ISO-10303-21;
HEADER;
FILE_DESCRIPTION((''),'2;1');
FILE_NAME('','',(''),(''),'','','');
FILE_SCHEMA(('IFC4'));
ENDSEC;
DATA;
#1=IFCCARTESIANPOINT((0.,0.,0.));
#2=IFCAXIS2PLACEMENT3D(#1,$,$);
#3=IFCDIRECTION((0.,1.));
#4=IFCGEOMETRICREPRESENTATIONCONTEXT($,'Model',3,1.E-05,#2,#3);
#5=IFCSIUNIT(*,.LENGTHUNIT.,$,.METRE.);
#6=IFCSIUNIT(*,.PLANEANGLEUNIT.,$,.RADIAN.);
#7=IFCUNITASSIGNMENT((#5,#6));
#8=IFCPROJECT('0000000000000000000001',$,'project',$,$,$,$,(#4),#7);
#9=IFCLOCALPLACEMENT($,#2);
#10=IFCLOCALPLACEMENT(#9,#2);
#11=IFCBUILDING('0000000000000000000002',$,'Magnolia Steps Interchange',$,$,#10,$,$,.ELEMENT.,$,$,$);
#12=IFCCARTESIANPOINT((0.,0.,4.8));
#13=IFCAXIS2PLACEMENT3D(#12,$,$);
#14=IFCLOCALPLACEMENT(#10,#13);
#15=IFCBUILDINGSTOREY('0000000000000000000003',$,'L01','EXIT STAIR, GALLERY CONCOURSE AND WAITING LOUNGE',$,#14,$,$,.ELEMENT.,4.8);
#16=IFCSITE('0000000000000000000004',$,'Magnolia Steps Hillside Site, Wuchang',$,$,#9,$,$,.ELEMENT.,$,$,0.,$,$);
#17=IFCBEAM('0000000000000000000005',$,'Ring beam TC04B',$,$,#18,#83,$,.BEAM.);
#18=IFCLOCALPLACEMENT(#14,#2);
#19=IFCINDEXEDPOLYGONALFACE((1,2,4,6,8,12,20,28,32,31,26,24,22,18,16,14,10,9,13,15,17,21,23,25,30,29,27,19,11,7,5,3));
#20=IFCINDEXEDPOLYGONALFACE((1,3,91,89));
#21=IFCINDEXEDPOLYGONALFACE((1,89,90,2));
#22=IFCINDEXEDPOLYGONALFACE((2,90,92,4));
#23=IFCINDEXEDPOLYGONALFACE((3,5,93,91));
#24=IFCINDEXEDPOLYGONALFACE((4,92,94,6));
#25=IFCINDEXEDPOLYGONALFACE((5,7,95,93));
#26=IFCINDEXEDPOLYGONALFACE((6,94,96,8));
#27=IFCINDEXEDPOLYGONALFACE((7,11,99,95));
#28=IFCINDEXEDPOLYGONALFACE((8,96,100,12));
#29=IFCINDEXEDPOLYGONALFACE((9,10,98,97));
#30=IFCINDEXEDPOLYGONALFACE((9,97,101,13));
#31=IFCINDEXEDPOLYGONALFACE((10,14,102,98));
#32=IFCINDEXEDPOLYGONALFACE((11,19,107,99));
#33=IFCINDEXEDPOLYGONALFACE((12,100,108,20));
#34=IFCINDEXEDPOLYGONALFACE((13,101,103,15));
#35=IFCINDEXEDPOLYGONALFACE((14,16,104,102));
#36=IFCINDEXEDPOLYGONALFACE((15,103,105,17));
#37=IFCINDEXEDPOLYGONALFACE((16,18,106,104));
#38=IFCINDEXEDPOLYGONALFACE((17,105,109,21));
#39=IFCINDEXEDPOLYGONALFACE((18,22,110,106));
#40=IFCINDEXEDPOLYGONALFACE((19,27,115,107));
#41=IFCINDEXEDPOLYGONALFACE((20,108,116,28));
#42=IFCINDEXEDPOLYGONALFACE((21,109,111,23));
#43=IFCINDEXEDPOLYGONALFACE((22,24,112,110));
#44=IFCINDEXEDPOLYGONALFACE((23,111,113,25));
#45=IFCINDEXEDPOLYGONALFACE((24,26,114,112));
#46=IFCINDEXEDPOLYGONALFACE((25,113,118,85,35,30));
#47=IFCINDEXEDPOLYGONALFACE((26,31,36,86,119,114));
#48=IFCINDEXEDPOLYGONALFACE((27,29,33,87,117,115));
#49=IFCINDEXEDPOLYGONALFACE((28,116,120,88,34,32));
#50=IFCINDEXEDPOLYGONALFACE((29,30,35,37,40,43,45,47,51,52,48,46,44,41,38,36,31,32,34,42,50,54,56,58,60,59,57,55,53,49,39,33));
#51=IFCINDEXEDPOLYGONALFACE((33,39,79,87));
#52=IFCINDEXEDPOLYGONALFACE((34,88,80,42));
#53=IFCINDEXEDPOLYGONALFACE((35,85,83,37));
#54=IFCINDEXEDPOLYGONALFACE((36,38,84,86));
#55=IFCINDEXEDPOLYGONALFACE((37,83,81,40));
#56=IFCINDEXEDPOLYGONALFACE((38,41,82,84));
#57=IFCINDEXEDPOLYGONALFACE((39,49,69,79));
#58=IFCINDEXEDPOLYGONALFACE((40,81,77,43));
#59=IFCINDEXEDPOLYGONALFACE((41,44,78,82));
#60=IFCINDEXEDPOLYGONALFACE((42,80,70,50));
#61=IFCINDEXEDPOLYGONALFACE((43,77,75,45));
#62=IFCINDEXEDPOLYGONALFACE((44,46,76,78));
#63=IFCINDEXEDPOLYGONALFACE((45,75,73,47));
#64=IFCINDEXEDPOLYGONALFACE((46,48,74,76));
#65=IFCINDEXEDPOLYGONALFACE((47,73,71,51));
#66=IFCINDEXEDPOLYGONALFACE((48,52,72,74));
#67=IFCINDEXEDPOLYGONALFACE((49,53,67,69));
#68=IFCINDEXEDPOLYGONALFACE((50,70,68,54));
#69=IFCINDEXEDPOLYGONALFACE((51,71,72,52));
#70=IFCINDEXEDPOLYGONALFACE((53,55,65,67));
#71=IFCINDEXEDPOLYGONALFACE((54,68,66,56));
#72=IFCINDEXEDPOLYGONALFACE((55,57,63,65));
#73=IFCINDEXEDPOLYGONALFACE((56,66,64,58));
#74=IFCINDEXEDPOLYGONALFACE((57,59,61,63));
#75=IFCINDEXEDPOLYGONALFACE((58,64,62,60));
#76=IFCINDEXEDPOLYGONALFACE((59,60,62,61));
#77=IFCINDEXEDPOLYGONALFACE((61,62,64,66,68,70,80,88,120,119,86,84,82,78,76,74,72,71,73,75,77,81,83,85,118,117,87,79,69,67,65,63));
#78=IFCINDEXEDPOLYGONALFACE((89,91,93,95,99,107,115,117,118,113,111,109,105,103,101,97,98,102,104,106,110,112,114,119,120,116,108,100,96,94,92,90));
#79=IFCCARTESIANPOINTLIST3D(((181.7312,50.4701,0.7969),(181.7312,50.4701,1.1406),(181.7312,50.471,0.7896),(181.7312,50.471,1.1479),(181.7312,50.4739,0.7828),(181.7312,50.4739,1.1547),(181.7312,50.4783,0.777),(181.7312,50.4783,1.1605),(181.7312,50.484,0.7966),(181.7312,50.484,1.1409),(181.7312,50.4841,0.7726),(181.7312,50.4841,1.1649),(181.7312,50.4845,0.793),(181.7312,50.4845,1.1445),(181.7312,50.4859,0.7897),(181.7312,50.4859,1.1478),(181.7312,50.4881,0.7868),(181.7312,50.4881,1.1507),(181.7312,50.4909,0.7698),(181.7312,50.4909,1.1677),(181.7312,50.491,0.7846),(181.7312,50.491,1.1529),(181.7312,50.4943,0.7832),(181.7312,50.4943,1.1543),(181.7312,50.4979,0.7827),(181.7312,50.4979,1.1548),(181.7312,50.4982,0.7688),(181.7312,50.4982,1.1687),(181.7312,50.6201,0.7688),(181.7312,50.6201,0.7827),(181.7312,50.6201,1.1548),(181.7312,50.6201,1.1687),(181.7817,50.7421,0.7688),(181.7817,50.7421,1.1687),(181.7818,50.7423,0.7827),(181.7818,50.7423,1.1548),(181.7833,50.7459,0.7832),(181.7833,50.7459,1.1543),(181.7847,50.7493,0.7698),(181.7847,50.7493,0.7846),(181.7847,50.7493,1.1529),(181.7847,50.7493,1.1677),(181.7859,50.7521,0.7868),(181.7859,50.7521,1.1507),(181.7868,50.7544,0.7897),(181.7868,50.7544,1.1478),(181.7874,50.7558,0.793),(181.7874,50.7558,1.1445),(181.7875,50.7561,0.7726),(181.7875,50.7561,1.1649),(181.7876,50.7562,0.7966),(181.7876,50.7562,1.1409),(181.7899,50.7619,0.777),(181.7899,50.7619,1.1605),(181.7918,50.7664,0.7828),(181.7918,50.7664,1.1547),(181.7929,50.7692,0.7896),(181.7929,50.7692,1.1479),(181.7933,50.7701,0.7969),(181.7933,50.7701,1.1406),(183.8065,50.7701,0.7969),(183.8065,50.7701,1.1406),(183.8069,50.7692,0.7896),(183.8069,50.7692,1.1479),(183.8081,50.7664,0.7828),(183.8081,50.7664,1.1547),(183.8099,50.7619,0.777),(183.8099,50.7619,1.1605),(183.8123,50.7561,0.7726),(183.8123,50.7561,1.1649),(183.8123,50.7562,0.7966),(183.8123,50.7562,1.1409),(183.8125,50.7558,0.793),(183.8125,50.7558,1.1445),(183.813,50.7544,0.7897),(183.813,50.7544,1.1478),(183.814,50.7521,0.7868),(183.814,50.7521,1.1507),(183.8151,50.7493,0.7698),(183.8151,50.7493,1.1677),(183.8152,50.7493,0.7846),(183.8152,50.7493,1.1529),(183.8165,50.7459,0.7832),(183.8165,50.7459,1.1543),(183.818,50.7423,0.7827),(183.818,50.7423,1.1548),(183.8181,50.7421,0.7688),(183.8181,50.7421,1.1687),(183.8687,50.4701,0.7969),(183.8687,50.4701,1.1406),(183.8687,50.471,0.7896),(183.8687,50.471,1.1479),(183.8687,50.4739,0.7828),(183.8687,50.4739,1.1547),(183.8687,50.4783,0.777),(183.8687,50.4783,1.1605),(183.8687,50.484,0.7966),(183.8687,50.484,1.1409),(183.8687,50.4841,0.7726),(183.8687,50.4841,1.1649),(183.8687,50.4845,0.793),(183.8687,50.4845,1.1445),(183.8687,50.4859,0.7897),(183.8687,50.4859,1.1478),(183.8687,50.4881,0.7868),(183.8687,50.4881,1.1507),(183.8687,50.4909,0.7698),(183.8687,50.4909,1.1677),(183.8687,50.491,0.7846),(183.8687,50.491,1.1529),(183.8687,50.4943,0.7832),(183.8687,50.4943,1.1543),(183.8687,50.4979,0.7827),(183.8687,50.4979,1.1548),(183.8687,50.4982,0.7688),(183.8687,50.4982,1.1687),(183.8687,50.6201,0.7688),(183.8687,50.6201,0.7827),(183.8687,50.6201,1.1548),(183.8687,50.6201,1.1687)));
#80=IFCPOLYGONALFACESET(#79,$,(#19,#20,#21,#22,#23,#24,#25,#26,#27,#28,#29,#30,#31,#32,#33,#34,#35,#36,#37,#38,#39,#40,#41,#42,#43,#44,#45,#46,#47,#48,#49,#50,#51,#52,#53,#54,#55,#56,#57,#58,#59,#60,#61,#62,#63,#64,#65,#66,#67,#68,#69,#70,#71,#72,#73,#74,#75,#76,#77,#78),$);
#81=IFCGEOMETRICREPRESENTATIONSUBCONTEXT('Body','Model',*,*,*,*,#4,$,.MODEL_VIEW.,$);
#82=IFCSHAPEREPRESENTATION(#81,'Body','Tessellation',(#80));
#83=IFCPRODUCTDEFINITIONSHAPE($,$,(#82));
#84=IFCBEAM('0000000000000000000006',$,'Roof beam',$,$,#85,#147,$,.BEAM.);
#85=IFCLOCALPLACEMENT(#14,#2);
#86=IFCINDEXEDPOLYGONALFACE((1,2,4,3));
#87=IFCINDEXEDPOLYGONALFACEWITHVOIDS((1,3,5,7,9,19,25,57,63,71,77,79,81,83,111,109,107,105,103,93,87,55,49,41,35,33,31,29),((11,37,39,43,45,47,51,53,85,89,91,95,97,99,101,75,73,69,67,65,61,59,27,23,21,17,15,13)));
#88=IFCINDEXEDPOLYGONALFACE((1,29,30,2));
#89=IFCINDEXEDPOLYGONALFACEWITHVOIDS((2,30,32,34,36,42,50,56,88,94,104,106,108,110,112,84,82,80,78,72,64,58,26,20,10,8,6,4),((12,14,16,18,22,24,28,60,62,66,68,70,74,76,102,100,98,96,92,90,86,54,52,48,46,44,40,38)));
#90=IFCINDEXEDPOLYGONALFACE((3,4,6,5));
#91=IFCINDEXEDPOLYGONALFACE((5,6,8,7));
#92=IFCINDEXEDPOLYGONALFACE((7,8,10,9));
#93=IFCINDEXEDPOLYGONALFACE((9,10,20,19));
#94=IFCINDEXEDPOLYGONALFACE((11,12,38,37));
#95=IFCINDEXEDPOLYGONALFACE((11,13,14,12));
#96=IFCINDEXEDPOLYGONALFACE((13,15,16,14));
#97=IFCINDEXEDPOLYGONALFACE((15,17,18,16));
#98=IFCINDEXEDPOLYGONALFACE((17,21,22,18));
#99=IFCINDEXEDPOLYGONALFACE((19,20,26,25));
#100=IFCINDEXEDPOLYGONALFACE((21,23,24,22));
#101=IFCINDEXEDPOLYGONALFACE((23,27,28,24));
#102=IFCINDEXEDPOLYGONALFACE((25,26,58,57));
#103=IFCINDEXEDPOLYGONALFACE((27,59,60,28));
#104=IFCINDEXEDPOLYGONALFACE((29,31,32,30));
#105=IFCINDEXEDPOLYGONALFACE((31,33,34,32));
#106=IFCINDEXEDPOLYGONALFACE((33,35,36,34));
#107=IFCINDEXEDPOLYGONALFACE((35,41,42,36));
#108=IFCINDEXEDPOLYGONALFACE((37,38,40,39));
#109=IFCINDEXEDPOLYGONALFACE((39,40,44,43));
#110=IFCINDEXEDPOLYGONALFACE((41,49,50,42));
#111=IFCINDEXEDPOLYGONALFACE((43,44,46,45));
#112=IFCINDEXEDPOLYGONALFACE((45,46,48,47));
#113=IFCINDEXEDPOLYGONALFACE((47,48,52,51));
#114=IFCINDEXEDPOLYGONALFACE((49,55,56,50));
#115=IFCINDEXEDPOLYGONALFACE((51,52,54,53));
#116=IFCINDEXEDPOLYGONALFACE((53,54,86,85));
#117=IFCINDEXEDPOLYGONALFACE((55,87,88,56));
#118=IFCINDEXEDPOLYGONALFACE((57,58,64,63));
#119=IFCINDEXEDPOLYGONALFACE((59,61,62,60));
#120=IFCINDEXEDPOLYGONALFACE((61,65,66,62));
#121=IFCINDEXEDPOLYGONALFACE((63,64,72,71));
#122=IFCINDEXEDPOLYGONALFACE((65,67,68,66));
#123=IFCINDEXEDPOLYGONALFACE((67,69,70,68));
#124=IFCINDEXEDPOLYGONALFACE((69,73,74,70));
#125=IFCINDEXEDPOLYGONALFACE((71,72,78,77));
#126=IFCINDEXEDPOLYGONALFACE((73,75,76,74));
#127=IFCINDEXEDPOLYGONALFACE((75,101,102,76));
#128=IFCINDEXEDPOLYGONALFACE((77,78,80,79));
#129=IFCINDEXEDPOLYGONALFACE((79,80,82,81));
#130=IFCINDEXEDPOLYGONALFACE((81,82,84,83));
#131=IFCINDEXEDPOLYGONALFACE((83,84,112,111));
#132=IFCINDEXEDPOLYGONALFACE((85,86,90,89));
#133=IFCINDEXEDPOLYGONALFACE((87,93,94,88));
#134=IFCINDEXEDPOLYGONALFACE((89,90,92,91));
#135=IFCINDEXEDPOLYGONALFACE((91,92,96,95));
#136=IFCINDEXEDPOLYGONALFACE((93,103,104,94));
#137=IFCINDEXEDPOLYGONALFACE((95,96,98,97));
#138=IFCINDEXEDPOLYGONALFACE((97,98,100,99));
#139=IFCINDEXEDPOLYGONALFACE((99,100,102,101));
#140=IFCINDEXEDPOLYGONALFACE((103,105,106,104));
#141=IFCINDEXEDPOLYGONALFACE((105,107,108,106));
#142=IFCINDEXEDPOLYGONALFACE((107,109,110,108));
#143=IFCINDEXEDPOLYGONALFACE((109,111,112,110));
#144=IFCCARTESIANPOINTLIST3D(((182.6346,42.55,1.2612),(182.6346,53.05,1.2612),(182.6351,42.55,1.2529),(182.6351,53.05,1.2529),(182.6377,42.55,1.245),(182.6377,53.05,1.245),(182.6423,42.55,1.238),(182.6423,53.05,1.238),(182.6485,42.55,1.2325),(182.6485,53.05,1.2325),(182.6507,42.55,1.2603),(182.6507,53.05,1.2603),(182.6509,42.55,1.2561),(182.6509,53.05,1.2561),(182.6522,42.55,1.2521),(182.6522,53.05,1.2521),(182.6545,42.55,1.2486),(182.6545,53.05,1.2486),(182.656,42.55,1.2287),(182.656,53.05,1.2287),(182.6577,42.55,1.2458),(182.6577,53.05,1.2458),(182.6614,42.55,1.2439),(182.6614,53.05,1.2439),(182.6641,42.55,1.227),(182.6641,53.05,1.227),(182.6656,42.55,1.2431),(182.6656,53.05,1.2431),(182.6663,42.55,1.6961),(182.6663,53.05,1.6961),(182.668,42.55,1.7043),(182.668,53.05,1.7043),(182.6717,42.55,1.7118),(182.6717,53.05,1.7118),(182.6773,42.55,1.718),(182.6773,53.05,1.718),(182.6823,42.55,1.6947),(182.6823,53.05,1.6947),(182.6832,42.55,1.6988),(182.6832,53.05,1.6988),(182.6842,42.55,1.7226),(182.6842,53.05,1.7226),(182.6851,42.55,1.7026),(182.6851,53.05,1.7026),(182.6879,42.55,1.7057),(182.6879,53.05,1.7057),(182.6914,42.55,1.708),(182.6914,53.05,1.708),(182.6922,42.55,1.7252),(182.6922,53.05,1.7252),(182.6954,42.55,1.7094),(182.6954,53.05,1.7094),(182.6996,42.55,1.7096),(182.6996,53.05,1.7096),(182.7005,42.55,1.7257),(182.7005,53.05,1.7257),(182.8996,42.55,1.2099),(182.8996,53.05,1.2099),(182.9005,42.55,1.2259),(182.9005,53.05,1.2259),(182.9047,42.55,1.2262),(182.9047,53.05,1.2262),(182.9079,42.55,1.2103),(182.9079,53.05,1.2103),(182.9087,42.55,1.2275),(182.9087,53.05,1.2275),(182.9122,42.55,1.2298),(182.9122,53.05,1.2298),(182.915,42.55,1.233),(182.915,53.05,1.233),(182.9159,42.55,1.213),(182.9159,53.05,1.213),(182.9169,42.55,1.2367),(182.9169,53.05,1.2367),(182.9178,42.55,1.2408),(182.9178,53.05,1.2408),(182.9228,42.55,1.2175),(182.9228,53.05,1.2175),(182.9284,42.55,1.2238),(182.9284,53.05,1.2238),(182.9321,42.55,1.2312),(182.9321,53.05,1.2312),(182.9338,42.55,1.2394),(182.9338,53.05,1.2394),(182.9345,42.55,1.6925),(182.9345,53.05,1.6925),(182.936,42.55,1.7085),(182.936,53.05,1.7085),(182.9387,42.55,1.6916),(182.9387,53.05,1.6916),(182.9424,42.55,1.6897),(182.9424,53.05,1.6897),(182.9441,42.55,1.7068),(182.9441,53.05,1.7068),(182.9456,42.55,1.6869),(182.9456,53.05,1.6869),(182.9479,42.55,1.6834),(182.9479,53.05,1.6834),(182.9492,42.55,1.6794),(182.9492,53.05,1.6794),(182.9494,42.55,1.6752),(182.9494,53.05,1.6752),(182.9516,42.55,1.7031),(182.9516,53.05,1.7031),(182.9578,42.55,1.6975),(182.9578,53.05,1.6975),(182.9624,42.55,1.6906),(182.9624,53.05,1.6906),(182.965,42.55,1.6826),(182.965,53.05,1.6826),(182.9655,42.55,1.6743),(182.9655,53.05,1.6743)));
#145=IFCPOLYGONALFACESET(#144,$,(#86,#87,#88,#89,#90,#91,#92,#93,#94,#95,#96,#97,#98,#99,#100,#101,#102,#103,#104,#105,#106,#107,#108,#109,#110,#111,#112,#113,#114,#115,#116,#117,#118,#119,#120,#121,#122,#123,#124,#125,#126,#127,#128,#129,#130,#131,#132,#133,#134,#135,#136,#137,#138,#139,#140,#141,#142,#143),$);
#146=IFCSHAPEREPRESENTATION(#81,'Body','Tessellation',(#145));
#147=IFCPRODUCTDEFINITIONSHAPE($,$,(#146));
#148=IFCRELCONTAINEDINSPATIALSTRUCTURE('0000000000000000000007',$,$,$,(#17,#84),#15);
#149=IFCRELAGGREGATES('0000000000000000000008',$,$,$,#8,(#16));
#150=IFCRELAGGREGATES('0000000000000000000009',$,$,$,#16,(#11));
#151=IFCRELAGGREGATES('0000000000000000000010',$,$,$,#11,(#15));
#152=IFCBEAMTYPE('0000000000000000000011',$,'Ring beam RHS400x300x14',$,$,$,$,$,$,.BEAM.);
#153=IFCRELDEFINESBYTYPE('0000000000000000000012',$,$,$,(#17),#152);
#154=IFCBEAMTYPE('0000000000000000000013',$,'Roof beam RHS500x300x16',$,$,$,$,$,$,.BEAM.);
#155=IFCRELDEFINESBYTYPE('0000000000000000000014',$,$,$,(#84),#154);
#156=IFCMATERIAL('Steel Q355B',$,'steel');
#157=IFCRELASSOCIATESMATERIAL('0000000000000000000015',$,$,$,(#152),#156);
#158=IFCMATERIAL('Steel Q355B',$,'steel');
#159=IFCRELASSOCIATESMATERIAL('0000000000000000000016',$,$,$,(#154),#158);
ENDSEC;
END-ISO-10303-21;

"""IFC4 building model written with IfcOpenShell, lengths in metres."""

from ifc_helpers import new_model, si_unit, direction, frame, origin, origin_2d, place, context, subcontext, project, spatial, hollow_rectangle, extrude, clip, halfspace, material, material_profile, profile_set, type_object, element, save


model = new_model("IFC4")

# Units and contexts
model_context = context("Model", 3, precision=1e-05, world=origin(), true_north=direction((0.0, 1.0)))
body_context = subcontext(model_context, "Body", "Model", "MODEL_VIEW")
ifc_project = project(units=[si_unit("LENGTHUNIT", "METRE"), si_unit("PLANEANGLEUNIT", "RADIAN")], contexts=[model_context])

# Site, building, storey
site_placement = place(None, origin())
site = spatial("IfcSite", under=ifc_project, at=site_placement, Name="Magnolia Steps Hillside Site, Wuchang", CompositionType="ELEMENT", RefElevation=0.0)
building_placement = place(site_placement, origin())
building = spatial("IfcBuilding", under=site, at=building_placement, Name="Magnolia Steps Interchange", CompositionType="ELEMENT")
storey_placement = place(building_placement, frame((0.0, 0.0, 4.8)))
storey = spatial("IfcBuildingStorey", under=building, at=storey_placement, Name="L01", Description="EXIT STAIR, GALLERY CONCOURSE AND WAITING LOUNGE", CompositionType="ELEMENT", Elevation=4.8)

# Beams
ifc_material_1 = material(Name="Steel Q355B", Category="steel")
ifc_material_profile_1 = material_profile(ifc_material_1, hollow_rectangle(XDim=0.3, YDim=0.3999, WallThickness=0.0139, InnerFilletRadius=0.0139, OuterFilletRadius=0.0281, at=origin_2d()), Name="RHS400x300x14")
ifc_profile_set_1 = profile_set([ifc_material_profile_1], Name="Steel Q355B")
beam_type_1 = type_object("IfcBeamType", Name="Ring beam RHS400x300x14", PredefinedType="BEAM", material=ifc_profile_set_1)
beam_1_placement = place(storey_placement, frame((181.7312, 50.6201, 0.9688), z_axis=(1.0, 0.0, 0.0), x_axis=(0.0, 1.0, 0.0)))
element("IfcBeam", 1, at=beam_1_placement, inside=storey, type_object=beam_type_1, Name="Ring beam TC04B", PredefinedType="BEAM", context=body_context, shape_type="Clipping", body=[
    clip(clip(extrude(hollow_rectangle(XDim=0.3, YDim=0.3999, WallThickness=0.0139, InnerFilletRadius=0.0139, OuterFilletRadius=0.0281, at=origin_2d()), origin(), (0.0, 0.0, 1.0), 2.1375), halfspace(frame((0.0, 0.0, 0.0), z_axis=(0.382683, 0.0, -0.92388), x_axis=(0.92388, 0.0, 0.382683)), False)), halfspace(frame((0.0, 0.0, 2.1375), z_axis=(0.382683, 0.0, 0.92388), x_axis=(0.92388, 0.0, -0.382683)), False)),
])
ifc_material_2 = material(Name="Steel Q355B", Category="steel")
ifc_material_profile_2 = material_profile(ifc_material_2, hollow_rectangle(XDim=0.3, YDim=0.5, WallThickness=0.0161, InnerFilletRadius=0.0161, OuterFilletRadius=0.032, at=origin_2d()), Name="RHS500x300x16")
ifc_profile_set_2 = profile_set([ifc_material_profile_2], Name="Steel Q355B")
beam_type_2 = type_object("IfcBeamType", Name="Roof beam RHS500x300x16", PredefinedType="BEAM", material=ifc_profile_set_2)
beam_2_placement = place(storey_placement, frame((182.8, 42.55, 1.4678), z_axis=(0.0, 1.0, 0.0), x_axis=(-0.997352, 0.0, 0.072724)))
element("IfcBeam", 2, at=beam_2_placement, inside=storey, type_object=beam_type_2, Name="Roof beam", PredefinedType="BEAM", context=body_context, shape_type="SweptSolid", body=[
    extrude(hollow_rectangle(XDim=0.3, YDim=0.5, WallThickness=0.0161, InnerFilletRadius=0.0161, OuterFilletRadius=0.032, at=origin_2d()), origin(), (0.0, 0.0, 1.0), 10.5),
])

save(model, "model.ifc")
